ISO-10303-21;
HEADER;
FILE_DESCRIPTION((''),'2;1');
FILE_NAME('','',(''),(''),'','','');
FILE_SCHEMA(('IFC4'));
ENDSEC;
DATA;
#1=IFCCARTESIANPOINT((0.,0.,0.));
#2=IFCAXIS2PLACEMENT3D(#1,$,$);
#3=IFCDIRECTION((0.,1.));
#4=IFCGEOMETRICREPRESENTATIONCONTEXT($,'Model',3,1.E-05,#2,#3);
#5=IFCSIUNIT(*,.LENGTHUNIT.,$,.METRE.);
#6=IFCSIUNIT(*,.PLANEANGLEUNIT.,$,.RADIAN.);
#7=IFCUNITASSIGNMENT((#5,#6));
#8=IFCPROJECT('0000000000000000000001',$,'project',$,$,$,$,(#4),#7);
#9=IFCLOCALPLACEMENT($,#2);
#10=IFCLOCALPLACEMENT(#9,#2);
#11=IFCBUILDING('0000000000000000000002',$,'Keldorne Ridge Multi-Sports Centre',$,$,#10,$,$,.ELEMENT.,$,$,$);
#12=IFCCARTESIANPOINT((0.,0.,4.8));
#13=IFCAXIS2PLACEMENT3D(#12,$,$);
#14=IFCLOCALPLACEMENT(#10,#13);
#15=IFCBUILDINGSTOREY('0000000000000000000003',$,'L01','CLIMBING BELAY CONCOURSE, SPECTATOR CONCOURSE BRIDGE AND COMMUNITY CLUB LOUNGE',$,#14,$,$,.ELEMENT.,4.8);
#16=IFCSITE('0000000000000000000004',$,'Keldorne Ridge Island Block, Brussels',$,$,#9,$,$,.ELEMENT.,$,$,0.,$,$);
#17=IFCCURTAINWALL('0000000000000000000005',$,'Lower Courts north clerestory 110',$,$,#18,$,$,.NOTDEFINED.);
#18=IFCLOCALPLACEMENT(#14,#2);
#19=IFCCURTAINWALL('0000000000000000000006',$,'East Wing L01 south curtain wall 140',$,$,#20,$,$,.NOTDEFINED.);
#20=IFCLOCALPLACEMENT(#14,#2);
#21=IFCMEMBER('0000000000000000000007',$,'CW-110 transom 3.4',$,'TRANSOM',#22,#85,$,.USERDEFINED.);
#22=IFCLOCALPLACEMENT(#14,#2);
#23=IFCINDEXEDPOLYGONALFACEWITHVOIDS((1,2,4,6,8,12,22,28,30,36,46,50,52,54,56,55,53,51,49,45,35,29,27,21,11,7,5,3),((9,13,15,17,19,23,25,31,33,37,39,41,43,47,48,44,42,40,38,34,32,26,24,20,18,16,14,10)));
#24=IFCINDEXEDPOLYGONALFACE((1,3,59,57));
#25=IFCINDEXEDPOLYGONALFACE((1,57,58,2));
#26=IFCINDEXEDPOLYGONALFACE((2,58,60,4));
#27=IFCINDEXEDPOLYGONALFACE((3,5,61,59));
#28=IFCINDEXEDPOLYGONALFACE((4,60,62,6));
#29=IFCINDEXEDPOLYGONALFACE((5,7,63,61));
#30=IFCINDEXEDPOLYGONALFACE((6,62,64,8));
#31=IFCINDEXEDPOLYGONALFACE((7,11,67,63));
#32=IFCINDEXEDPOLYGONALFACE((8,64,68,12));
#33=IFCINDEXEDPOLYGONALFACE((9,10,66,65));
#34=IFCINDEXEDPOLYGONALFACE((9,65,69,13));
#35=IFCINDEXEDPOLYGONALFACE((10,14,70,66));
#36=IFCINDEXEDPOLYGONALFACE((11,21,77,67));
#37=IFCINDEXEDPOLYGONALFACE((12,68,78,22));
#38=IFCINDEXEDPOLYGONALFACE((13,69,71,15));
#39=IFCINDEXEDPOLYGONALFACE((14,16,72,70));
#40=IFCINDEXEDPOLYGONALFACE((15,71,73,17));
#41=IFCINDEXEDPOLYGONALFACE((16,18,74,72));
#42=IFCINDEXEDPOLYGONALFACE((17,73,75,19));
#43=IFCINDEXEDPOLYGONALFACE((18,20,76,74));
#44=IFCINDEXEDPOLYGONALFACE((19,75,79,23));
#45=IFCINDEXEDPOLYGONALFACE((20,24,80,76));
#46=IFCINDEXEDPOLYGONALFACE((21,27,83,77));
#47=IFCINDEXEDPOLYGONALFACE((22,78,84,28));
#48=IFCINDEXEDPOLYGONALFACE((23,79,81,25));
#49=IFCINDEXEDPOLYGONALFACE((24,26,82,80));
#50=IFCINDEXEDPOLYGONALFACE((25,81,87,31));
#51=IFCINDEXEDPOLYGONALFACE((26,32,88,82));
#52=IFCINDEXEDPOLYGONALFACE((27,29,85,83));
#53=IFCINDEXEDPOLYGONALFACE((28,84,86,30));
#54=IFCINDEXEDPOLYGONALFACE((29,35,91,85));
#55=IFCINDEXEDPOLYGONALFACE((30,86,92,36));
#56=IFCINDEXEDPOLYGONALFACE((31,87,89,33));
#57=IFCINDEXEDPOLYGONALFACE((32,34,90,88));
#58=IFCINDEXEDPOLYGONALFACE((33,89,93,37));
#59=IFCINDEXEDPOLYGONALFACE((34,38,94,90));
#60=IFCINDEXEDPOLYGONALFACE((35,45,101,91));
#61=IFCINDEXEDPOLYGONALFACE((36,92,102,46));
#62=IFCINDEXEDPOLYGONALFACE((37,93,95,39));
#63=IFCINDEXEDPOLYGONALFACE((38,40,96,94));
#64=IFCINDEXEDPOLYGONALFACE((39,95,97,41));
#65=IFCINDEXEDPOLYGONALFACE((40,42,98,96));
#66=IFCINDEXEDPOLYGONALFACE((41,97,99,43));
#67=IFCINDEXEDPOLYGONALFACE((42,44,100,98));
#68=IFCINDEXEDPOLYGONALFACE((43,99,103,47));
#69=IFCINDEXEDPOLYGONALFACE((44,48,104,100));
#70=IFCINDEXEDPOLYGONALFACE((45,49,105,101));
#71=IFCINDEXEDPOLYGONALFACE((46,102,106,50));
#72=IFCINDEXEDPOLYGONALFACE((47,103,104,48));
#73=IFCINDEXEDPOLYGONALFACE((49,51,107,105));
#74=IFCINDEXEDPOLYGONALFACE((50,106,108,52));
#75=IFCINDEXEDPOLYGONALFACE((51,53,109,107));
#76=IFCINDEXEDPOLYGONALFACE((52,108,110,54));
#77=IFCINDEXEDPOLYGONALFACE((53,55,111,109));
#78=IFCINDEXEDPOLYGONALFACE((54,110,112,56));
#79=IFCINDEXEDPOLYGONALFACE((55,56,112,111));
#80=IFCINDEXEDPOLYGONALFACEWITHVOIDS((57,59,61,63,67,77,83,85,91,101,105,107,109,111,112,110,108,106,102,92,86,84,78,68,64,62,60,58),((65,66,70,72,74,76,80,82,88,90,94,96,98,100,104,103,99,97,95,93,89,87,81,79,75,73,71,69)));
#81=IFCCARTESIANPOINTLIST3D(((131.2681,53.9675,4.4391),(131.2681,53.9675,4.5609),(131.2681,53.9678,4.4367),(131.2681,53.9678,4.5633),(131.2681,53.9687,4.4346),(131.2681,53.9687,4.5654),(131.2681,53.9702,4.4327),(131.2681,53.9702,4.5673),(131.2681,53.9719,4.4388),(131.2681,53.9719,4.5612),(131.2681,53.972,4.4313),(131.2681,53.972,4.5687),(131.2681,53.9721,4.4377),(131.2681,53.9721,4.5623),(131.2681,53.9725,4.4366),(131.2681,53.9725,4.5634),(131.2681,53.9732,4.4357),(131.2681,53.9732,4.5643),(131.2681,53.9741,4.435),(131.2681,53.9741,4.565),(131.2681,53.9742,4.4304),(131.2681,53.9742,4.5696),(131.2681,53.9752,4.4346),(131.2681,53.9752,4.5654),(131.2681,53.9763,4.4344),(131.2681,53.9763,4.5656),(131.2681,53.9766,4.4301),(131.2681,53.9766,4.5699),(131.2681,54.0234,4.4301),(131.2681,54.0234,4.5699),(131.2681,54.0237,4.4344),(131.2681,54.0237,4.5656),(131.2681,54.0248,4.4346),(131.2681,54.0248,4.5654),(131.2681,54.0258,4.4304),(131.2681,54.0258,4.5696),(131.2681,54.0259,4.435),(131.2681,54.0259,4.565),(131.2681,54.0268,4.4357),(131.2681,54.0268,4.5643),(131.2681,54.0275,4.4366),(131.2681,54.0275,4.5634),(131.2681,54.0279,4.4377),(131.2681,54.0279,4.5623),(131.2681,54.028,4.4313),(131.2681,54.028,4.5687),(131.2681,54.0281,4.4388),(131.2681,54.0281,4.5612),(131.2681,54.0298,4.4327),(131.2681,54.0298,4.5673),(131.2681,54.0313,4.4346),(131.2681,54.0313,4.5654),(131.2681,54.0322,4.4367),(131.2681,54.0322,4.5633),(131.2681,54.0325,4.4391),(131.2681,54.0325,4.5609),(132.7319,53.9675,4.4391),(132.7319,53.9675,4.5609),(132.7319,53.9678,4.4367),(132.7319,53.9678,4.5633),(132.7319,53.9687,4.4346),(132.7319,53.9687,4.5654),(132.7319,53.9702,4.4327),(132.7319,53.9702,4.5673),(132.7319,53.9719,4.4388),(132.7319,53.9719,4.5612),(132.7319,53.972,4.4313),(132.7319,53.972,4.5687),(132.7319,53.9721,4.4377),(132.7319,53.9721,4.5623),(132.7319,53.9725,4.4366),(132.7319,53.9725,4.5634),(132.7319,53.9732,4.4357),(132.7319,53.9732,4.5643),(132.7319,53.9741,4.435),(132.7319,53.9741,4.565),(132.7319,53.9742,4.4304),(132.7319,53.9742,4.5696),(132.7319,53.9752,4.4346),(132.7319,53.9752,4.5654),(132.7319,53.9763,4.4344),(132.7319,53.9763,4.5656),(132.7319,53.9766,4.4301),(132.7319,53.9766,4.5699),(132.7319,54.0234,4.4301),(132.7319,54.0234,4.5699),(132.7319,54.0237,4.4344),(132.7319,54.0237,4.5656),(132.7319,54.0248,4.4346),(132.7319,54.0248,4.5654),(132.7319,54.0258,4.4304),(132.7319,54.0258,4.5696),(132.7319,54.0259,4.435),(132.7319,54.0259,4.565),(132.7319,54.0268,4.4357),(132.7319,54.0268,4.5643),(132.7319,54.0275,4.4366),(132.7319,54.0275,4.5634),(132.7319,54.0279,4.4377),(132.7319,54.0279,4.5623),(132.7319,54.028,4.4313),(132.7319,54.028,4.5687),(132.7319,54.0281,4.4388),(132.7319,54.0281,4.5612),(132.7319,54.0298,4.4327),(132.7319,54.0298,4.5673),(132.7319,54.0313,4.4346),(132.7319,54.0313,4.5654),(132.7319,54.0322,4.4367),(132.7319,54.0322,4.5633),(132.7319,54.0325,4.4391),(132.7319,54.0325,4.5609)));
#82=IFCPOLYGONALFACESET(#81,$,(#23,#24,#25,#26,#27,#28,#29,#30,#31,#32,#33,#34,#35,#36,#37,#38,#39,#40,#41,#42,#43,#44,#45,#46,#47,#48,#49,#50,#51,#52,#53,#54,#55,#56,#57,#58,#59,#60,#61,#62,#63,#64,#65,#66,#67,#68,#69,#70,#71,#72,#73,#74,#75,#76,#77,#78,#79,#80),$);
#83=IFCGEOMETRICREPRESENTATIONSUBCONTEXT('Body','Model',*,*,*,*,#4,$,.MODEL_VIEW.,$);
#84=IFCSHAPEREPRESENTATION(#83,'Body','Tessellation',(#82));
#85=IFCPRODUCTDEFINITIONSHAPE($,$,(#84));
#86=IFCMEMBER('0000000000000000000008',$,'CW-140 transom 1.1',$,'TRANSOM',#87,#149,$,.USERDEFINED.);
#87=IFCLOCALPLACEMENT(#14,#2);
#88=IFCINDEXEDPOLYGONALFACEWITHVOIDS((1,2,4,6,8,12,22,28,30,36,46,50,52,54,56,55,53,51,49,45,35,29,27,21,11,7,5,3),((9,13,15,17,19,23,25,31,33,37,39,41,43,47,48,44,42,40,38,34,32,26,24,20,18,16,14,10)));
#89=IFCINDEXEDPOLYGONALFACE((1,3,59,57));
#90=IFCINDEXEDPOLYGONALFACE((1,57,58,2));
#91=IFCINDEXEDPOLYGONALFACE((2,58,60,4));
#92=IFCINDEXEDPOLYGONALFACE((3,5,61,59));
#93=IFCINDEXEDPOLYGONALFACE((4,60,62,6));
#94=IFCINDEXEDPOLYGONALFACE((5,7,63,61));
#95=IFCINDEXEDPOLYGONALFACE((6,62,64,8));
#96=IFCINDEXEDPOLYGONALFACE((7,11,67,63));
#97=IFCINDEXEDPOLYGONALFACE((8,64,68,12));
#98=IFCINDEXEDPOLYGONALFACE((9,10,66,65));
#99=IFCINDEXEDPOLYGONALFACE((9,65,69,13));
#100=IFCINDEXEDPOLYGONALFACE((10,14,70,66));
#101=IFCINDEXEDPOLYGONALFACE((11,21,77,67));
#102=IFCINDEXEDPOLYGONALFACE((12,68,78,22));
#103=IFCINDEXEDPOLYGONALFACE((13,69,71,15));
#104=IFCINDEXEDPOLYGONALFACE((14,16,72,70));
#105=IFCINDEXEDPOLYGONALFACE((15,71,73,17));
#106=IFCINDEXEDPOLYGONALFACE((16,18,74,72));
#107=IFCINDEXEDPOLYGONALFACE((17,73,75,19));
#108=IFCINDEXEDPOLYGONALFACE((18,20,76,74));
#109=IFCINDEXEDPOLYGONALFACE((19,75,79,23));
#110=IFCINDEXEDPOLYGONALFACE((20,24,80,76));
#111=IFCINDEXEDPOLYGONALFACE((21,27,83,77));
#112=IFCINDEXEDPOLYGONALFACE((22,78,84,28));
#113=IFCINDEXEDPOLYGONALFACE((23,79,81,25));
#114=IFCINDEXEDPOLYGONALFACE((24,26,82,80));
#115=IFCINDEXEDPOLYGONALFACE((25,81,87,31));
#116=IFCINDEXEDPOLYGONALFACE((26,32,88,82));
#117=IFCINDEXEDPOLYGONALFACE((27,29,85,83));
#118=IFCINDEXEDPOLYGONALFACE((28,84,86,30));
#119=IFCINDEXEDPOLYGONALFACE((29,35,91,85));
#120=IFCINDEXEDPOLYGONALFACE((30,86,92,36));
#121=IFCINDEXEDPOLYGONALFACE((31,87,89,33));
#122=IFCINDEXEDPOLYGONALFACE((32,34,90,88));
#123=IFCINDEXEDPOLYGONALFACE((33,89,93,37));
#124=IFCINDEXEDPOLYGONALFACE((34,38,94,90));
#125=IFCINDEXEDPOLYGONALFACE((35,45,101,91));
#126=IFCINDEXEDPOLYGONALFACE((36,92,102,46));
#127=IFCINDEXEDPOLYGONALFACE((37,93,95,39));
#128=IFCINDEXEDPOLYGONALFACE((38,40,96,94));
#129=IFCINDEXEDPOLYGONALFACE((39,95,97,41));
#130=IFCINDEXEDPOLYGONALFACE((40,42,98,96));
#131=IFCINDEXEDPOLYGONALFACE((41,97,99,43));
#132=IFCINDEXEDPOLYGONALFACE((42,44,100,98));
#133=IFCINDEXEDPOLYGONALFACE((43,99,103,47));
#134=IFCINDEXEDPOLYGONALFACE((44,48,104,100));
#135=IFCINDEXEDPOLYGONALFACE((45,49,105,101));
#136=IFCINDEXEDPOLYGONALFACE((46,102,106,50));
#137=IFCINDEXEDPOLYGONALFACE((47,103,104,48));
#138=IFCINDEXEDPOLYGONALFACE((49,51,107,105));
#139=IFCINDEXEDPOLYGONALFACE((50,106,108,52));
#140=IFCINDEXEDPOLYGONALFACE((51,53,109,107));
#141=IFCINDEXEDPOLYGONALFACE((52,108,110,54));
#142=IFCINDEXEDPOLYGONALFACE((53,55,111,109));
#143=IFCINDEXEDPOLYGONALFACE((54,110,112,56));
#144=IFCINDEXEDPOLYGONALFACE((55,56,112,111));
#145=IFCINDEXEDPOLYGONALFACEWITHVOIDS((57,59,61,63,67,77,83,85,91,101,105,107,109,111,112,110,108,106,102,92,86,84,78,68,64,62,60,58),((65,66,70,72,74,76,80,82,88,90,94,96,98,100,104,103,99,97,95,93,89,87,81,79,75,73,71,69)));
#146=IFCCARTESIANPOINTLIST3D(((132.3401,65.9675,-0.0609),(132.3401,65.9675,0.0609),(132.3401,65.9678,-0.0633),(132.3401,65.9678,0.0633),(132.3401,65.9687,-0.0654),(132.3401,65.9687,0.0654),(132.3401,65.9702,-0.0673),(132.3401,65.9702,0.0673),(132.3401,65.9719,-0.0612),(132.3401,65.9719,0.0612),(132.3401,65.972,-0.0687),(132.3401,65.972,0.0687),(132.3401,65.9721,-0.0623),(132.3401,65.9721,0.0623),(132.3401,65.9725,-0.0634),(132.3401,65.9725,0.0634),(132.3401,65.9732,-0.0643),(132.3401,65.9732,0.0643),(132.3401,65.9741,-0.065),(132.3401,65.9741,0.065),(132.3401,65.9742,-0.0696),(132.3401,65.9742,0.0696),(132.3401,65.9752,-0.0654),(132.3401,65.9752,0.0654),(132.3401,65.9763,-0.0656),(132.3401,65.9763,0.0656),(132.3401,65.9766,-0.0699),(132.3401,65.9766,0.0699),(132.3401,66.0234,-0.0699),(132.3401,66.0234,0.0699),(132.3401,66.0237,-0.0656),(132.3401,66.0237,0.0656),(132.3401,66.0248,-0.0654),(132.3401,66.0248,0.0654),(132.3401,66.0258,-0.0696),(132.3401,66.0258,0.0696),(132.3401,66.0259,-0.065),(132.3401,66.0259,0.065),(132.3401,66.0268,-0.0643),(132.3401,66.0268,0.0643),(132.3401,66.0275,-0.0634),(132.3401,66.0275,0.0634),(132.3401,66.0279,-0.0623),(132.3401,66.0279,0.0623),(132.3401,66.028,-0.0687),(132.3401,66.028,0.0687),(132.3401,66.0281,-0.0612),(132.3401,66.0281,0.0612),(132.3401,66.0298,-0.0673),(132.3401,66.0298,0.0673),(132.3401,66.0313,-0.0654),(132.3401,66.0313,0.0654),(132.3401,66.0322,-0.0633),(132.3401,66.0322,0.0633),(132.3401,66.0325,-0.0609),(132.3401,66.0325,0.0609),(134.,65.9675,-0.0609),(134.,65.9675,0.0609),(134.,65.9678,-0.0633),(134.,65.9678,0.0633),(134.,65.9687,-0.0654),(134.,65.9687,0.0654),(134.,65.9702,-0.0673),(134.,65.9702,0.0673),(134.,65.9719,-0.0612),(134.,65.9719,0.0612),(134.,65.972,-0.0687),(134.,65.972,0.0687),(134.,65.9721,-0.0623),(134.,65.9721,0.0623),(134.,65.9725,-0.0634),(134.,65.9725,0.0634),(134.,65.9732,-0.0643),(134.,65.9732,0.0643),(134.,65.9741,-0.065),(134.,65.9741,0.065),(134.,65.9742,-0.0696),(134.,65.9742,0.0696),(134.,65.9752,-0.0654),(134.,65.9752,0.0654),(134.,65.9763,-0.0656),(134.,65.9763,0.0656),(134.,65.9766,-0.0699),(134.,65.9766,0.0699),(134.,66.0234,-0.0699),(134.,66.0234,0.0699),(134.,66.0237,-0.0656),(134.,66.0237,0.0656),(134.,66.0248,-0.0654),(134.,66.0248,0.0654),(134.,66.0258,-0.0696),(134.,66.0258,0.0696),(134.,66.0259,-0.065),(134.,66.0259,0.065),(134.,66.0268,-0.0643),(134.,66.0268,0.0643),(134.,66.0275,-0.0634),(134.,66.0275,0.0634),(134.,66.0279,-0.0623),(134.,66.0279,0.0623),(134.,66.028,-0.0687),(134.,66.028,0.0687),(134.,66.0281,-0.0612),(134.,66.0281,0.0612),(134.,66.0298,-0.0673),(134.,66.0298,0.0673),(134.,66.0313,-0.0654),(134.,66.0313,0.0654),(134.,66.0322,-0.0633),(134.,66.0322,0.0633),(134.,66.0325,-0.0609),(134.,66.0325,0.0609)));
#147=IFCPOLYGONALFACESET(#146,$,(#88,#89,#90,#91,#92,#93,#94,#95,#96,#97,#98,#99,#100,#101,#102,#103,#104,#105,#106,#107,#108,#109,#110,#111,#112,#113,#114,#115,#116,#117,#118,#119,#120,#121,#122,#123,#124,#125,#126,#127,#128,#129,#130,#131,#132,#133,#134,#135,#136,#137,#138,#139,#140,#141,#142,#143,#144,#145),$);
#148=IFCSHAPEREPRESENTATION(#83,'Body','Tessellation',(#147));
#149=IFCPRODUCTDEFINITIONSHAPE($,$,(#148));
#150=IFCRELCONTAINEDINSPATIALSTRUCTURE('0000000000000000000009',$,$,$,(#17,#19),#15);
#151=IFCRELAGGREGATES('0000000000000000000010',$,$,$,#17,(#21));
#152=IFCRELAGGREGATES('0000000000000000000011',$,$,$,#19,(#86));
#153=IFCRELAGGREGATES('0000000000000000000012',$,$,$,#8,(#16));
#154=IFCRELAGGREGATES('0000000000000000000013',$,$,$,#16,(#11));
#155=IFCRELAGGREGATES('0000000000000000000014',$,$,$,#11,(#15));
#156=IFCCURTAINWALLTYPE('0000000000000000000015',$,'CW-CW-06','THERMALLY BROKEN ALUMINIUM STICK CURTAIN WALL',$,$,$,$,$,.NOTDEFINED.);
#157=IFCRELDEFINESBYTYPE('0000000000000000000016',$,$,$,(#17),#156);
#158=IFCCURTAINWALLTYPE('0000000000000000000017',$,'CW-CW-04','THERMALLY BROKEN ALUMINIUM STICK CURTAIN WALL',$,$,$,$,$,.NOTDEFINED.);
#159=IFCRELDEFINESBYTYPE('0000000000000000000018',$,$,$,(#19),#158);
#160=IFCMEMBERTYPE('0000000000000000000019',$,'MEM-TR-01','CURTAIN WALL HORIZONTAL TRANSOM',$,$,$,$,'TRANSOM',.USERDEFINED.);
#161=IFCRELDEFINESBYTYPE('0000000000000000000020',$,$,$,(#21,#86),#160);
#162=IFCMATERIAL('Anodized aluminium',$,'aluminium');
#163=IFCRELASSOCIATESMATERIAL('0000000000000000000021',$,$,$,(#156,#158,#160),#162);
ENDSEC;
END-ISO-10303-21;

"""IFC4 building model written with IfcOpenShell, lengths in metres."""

from ifc_helpers import new_model, si_unit, direction, frame, origin, origin_2d, place, context, subcontext, project, spatial, hollow_rectangle, extrude, material, material_profile, profile_set, type_object, element, aggregate, save


model = new_model("IFC4")

# Units and contexts
model_context = context("Model", 3, precision=1e-05, world=origin(), true_north=direction((0.0, 1.0)))
body_context = subcontext(model_context, "Body", "Model", "MODEL_VIEW")
ifc_project = project(units=[si_unit("LENGTHUNIT", "METRE"), si_unit("PLANEANGLEUNIT", "RADIAN")], contexts=[model_context])

# Site, building, storey
site_placement = place(None, origin())
site = spatial("IfcSite", under=ifc_project, at=site_placement, Name="Keldorne Ridge Island Block, Brussels", CompositionType="ELEMENT", RefElevation=0.0)
building_placement = place(site_placement, origin())
building = spatial("IfcBuilding", under=site, at=building_placement, Name="Keldorne Ridge Multi-Sports Centre", CompositionType="ELEMENT")
storey_placement = place(building_placement, frame((0.0, 0.0, 4.8)))
storey = spatial("IfcBuildingStorey", under=building, at=storey_placement, Name="L01", Description="CLIMBING BELAY CONCOURSE, SPECTATOR CONCOURSE BRIDGE AND COMMUNITY CLUB LOUNGE", CompositionType="ELEMENT", Elevation=4.8)

# Curtain walls
ifc_material_1 = material(Name="Anodized aluminium", Category="aluminium")
curtain_wall_type_1 = type_object("IfcCurtainWallType", Name="CW-CW-06", Description="THERMALLY BROKEN ALUMINIUM STICK CURTAIN WALL", PredefinedType="NOTDEFINED", material=ifc_material_1)
curtain_wall_1_placement = place(storey_placement, origin())
curtain_wall_1 = element("IfcCurtainWall", 1, at=curtain_wall_1_placement, inside=storey, type_object=curtain_wall_type_1, Name="Lower Courts north clerestory 110", PredefinedType="NOTDEFINED")
curtain_wall_type_2 = type_object("IfcCurtainWallType", Name="CW-CW-04", Description="THERMALLY BROKEN ALUMINIUM STICK CURTAIN WALL", PredefinedType="NOTDEFINED", material=ifc_material_1)
curtain_wall_2_placement = place(storey_placement, origin())
curtain_wall_2 = element("IfcCurtainWall", 2, at=curtain_wall_2_placement, inside=storey, type_object=curtain_wall_type_2, Name="East Wing L01 south curtain wall 140", PredefinedType="NOTDEFINED")

# Members
ifc_material_profile_1 = material_profile(ifc_material_1, hollow_rectangle(XDim=0.0649, YDim=0.1399, WallThickness=0.0044, InnerFilletRadius=0.0044, OuterFilletRadius=0.009, at=origin_2d()), Name="ALU TRANSOM 140x65x4.5")
ifc_profile_set_1 = profile_set([ifc_material_profile_1], Name="Anodized aluminium")
member_type_1 = type_object("IfcMemberType", Name="MEM-TR-01", Description="CURTAIN WALL HORIZONTAL TRANSOM", ElementType="TRANSOM", PredefinedType="USERDEFINED", material=ifc_profile_set_1)
member_1_placement = place(storey_placement, frame((132.7319, 54.0, 4.5), z_axis=(-1.0, 0.0, 0.0), x_axis=(0.0, -1.0, 0.0)))
member_1 = element("IfcMember", 3, at=member_1_placement, type_object=member_type_1, Name="CW-110 transom 3.4", ObjectType="TRANSOM", PredefinedType="USERDEFINED", context=body_context, shape_type="SweptSolid", body=[
    extrude(hollow_rectangle(XDim=0.0649, YDim=0.1399, WallThickness=0.0044, InnerFilletRadius=0.0044, OuterFilletRadius=0.009, at=origin_2d()), origin(), (0.0, 0.0, 1.0), 1.4639),
])
member_2_placement = place(storey_placement, frame((132.3401, 66.0, 0.0), z_axis=(1.0, 0.0, 0.0), x_axis=(0.0, 1.0, 0.0)))
member_2 = element("IfcMember", 4, at=member_2_placement, type_object=member_type_1, Name="CW-140 transom 1.1", ObjectType="TRANSOM", PredefinedType="USERDEFINED", context=body_context, shape_type="SweptSolid", body=[
    extrude(hollow_rectangle(XDim=0.0649, YDim=0.1399, WallThickness=0.0044, InnerFilletRadius=0.0044, OuterFilletRadius=0.009, at=origin_2d()), origin(), (0.0, 0.0, 1.0), 1.6599),
])

aggregate(curtain_wall_1, [member_1])
aggregate(curtain_wall_2, [member_2])

save(model, "model.ifc")
